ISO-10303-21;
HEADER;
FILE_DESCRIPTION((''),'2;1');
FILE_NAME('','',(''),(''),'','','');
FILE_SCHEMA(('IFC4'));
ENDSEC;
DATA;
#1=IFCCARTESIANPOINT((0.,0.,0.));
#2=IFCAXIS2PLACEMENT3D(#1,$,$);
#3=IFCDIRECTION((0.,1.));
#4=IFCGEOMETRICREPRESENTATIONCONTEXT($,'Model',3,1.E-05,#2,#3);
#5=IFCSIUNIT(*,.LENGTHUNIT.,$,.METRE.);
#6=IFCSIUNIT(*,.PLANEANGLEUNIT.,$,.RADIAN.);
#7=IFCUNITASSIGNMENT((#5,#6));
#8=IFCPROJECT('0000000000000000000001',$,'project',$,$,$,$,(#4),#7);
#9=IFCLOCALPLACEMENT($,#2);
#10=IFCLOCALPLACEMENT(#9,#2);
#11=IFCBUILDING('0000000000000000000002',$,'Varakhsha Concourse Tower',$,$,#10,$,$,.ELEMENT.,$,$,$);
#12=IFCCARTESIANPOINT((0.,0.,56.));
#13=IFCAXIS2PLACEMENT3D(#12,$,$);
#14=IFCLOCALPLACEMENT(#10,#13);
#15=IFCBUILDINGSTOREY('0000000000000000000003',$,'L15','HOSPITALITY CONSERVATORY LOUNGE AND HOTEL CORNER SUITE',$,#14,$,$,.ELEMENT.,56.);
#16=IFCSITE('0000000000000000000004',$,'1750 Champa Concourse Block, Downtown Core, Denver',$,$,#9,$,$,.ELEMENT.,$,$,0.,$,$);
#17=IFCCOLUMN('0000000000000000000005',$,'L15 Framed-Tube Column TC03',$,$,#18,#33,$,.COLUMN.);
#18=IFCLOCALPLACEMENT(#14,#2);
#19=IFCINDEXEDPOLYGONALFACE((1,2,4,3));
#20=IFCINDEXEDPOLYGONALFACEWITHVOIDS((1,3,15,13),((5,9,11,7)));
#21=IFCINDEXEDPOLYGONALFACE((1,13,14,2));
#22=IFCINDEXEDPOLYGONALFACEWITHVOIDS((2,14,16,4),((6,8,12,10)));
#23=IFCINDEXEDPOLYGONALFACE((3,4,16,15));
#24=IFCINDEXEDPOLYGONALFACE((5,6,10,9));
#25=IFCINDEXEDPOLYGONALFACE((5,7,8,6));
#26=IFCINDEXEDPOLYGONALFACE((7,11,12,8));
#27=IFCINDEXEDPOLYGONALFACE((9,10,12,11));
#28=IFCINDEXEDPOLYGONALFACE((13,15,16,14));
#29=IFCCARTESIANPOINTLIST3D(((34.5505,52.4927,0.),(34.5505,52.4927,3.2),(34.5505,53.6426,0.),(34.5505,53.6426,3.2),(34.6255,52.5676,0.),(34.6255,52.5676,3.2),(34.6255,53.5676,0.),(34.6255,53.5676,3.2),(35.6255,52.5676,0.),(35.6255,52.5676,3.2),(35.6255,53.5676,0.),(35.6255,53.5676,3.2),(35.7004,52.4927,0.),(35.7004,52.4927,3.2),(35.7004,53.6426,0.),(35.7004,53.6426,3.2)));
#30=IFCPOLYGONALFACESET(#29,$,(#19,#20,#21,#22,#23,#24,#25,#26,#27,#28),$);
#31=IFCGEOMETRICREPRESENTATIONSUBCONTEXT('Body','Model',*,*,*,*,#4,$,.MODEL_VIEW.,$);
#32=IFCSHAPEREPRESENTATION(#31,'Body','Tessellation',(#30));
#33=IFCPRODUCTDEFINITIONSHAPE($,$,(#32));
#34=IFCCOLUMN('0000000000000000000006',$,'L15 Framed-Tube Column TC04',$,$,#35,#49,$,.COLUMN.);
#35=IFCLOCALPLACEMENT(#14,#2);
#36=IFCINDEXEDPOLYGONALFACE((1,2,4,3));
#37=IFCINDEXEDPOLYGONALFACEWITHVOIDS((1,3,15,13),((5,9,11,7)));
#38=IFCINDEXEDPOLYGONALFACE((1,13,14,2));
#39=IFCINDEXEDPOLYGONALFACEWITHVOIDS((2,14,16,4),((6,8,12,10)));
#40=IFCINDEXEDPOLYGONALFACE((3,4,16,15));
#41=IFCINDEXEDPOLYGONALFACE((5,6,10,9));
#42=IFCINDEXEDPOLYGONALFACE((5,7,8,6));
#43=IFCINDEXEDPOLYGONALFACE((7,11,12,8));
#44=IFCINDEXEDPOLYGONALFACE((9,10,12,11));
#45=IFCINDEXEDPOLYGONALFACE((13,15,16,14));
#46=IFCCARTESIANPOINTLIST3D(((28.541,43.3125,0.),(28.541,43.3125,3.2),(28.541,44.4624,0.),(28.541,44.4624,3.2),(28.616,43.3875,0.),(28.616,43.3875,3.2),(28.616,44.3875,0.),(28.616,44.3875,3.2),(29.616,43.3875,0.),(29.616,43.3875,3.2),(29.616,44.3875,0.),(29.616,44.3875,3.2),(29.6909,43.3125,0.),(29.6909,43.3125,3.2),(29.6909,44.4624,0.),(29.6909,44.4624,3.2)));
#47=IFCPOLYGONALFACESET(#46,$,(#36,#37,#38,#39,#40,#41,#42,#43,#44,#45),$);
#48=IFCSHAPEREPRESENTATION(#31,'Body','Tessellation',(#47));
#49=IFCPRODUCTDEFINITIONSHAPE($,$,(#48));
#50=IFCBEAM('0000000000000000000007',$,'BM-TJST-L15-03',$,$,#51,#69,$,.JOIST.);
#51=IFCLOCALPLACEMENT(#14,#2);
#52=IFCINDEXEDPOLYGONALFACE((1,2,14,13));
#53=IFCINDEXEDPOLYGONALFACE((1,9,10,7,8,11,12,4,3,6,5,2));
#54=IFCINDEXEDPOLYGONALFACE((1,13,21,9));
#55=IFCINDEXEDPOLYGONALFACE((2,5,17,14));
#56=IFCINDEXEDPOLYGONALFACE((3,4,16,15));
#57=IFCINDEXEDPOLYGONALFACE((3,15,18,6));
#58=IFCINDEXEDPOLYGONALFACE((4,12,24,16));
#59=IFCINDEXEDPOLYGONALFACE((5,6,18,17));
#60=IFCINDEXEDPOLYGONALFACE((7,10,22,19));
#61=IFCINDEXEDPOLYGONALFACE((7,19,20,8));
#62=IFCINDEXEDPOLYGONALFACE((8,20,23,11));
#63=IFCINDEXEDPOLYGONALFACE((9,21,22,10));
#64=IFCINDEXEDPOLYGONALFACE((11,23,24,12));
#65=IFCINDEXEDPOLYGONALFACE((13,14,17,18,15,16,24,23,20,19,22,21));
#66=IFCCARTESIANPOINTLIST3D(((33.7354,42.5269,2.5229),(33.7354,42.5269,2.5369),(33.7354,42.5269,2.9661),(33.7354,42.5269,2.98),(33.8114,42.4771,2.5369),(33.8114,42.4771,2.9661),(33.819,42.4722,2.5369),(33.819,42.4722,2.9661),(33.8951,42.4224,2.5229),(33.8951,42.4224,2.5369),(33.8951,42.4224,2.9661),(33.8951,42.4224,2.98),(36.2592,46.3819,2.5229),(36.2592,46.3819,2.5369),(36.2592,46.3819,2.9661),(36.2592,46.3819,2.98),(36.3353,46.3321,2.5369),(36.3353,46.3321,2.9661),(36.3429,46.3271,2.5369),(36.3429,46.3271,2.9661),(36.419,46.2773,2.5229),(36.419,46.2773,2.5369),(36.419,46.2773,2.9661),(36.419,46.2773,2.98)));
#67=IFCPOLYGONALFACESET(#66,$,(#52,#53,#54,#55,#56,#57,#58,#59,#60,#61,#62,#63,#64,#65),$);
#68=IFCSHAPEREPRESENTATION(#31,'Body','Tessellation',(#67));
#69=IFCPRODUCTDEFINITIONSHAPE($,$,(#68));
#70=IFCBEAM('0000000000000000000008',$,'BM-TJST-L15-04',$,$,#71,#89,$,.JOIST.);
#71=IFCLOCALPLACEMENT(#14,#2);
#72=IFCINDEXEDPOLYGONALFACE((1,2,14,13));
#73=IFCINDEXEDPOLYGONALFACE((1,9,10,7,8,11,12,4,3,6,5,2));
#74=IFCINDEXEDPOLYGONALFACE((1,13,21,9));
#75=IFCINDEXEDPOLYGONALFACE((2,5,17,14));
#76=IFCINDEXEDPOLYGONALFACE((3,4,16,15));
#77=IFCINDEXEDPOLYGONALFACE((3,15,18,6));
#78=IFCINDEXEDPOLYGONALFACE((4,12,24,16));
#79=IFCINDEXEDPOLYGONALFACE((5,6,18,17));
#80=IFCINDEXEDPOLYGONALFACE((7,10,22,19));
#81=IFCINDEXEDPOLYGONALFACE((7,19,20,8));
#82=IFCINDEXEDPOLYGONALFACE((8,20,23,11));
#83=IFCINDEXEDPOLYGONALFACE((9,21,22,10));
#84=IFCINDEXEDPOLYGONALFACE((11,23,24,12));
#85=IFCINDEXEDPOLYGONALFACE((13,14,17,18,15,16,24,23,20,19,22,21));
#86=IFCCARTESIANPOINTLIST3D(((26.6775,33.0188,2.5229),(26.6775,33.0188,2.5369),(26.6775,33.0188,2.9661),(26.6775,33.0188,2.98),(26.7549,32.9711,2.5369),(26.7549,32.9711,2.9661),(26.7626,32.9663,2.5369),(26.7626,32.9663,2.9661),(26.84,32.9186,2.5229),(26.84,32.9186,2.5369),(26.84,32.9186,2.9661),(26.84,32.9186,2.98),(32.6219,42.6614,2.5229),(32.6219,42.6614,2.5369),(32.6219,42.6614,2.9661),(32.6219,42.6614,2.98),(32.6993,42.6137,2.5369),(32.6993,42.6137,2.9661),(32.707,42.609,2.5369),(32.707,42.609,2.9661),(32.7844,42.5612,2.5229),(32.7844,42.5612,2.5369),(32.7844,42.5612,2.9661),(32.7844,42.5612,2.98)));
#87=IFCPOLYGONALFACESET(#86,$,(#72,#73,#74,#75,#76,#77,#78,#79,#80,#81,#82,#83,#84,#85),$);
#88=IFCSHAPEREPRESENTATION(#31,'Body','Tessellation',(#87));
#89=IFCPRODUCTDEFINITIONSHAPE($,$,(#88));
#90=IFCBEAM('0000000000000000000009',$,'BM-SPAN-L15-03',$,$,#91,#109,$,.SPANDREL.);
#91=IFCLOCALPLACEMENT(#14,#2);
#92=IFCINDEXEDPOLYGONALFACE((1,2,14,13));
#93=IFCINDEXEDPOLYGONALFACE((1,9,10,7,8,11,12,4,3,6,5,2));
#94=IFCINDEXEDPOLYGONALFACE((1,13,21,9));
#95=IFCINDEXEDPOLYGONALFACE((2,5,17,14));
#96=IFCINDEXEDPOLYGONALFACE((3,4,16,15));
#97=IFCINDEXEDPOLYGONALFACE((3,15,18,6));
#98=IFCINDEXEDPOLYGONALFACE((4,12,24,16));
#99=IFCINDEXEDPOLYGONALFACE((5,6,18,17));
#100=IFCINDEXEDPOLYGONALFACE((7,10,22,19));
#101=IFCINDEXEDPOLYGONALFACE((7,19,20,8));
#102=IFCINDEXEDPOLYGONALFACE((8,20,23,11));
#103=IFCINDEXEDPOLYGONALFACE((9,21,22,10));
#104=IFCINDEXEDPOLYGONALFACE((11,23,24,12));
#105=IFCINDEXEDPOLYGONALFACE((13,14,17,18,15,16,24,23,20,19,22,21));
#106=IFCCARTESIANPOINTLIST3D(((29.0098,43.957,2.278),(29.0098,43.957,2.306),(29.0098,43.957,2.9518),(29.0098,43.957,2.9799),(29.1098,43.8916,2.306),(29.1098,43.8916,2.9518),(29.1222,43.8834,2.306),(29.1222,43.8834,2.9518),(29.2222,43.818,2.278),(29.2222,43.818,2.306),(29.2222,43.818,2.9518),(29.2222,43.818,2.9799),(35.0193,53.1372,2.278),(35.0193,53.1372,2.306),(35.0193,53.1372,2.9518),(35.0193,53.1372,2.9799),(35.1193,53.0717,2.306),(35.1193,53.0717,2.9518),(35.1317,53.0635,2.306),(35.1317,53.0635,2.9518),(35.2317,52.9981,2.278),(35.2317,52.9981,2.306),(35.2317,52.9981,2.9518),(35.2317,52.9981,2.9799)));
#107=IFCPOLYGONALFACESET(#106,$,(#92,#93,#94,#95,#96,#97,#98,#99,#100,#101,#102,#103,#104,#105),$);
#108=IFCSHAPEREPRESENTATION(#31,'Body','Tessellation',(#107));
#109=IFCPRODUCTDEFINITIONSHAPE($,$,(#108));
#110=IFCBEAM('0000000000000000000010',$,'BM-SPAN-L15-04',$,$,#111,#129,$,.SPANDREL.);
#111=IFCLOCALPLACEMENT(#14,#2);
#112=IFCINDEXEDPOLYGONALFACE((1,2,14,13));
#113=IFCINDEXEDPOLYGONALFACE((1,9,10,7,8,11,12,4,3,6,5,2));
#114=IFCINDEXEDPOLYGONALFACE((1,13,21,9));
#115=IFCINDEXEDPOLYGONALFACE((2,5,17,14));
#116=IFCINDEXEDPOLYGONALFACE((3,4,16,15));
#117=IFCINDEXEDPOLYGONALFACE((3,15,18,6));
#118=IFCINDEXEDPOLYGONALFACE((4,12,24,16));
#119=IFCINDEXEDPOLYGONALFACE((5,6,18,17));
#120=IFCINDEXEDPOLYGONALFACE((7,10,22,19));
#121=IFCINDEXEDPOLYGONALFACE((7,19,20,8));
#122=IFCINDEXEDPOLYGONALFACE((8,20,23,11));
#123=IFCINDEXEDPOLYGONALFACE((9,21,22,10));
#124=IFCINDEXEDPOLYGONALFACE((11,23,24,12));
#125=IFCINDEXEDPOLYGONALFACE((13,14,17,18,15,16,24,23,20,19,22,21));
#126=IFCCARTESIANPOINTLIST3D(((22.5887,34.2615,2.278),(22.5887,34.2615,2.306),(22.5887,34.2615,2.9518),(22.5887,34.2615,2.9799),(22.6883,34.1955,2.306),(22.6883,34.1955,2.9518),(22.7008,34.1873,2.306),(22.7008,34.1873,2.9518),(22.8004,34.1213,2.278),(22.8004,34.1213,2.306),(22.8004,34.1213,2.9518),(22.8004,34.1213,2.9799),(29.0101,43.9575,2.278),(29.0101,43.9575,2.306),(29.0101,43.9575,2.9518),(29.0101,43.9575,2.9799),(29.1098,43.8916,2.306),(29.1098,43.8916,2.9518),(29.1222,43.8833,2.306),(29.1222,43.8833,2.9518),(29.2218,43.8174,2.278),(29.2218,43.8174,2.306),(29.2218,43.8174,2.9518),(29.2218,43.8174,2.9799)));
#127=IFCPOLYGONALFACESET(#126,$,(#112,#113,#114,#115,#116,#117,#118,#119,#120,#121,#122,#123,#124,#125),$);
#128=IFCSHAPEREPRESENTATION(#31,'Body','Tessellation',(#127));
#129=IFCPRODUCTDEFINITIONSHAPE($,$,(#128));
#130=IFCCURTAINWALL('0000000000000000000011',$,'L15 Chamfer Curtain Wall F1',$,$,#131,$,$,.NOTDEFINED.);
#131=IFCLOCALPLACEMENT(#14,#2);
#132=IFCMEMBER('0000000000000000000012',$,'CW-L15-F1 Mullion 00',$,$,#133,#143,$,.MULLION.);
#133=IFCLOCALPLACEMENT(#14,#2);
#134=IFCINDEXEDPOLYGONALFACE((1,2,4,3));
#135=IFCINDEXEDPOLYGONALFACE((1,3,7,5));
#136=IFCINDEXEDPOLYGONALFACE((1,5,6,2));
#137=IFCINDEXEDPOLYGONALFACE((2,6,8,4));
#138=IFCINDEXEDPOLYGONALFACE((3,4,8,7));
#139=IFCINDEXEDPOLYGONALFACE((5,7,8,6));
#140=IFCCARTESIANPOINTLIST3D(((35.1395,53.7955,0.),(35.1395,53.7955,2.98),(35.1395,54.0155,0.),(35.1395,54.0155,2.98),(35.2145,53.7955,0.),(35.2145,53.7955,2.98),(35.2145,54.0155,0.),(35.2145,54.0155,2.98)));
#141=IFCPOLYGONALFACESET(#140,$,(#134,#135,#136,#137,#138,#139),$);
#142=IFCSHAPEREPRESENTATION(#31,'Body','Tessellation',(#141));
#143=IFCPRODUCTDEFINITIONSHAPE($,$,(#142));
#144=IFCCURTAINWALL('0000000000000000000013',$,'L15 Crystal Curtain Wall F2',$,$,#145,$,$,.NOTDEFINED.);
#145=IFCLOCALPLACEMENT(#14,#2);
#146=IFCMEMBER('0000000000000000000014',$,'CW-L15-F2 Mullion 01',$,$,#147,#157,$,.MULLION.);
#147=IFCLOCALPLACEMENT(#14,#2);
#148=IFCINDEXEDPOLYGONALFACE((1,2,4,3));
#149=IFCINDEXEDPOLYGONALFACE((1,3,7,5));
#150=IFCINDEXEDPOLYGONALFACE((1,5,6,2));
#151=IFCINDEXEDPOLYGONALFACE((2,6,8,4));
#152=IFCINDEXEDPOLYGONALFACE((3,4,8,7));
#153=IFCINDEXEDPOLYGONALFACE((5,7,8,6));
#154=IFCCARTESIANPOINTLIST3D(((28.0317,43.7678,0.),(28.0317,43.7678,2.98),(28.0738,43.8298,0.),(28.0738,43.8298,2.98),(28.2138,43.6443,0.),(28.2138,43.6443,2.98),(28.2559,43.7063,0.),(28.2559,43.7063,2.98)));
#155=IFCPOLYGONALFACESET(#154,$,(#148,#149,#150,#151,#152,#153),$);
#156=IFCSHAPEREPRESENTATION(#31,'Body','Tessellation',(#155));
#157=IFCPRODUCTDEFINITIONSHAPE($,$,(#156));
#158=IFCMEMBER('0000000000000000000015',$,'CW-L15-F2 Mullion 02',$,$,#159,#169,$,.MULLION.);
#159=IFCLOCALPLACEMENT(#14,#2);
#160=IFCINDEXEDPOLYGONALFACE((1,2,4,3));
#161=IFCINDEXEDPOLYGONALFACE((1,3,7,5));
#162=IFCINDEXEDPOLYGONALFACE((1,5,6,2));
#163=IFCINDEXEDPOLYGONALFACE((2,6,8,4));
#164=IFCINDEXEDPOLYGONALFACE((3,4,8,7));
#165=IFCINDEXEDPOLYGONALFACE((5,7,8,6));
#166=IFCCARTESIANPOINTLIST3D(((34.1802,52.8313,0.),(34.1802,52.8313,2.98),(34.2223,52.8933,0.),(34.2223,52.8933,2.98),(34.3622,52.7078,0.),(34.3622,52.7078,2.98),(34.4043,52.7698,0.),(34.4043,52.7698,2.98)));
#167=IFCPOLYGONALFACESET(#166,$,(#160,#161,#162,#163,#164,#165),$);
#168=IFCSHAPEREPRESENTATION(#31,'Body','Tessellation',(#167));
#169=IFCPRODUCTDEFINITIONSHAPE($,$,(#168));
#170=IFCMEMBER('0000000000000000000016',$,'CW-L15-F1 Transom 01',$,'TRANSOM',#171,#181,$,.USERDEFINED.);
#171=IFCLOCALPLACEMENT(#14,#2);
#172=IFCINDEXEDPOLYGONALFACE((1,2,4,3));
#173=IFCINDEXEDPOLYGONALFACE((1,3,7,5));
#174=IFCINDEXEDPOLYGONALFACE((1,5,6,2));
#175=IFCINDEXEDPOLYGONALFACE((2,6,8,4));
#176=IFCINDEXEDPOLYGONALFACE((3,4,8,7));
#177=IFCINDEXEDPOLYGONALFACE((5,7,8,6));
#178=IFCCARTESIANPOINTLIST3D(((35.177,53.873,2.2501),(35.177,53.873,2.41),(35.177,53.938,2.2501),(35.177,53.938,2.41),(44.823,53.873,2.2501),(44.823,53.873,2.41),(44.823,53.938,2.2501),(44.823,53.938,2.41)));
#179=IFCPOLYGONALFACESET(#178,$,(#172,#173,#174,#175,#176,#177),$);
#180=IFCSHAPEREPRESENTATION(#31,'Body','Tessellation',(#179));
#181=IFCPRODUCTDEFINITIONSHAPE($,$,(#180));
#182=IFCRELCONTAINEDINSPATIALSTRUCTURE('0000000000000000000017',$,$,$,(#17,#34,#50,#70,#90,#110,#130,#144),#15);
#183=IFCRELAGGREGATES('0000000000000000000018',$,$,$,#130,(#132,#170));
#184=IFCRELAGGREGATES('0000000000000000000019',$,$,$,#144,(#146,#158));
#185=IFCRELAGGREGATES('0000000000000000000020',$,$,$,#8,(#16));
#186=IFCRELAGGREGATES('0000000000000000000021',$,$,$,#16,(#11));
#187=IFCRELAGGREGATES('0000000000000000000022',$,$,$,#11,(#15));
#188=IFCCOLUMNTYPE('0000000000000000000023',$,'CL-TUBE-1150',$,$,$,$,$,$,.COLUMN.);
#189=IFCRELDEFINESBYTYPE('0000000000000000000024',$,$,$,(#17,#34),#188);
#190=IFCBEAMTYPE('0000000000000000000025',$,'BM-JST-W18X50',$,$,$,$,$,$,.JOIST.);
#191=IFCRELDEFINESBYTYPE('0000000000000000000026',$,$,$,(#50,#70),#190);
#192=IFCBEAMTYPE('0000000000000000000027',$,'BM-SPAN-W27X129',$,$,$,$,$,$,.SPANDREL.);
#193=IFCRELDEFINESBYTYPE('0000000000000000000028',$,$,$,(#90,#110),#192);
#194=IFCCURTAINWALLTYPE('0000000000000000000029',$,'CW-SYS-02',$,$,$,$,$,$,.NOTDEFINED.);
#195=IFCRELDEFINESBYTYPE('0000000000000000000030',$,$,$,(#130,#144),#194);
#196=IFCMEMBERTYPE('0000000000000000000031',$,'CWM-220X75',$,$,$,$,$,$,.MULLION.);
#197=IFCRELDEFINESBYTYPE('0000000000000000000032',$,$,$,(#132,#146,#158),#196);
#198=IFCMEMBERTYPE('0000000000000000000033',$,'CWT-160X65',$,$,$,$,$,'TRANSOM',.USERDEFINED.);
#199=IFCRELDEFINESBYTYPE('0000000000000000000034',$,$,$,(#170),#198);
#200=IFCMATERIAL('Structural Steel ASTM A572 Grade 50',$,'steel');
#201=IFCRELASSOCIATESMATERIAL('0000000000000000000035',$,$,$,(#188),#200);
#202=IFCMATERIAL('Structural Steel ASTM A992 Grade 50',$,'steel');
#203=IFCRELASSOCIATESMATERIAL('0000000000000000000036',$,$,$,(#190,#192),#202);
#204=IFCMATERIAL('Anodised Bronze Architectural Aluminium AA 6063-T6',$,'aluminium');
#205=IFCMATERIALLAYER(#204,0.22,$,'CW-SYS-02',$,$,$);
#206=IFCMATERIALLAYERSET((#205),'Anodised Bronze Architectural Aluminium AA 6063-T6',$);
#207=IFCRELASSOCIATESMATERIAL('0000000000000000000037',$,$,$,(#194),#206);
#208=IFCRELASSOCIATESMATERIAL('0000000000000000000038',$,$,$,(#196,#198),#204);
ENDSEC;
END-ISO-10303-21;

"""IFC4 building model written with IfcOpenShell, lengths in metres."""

from ifc_helpers import new_model, si_unit, direction, frame, origin, origin_2d, place, context, subcontext, project, spatial, rectangle, hollow_rectangle, i_section, extrude, source, transform, mapped, material, layer, layer_set, material_profile, profile_set, type_object, type_shapes, element, aggregate, save


model = new_model("IFC4")

# Units and contexts
model_context = context("Model", 3, precision=1e-05, world=origin(), true_north=direction((0.0, 1.0)))
body_context = subcontext(model_context, "Body", "Model", "MODEL_VIEW")
ifc_project = project(units=[si_unit("LENGTHUNIT", "METRE"), si_unit("PLANEANGLEUNIT", "RADIAN")], contexts=[model_context])

# Site, building, storey
site_placement = place(None, origin())
site = spatial("IfcSite", under=ifc_project, at=site_placement, Name="1750 Champa Concourse Block, Downtown Core, Denver", CompositionType="ELEMENT", RefElevation=0.0)
building_placement = place(site_placement, origin())
building = spatial("IfcBuilding", under=site, at=building_placement, Name="Varakhsha Concourse Tower", CompositionType="ELEMENT")
storey_placement = place(building_placement, frame((0.0, 0.0, 56.0)))
storey = spatial("IfcBuildingStorey", under=building, at=storey_placement, Name="L15", Description="HOSPITALITY CONSERVATORY LOUNGE AND HOTEL CORNER SUITE", CompositionType="ELEMENT", Elevation=56.0)

# Columns
ifc_material_1 = material(Name="Structural Steel ASTM A572 Grade 50", Category="steel")
ifc_material_profile_1 = material_profile(ifc_material_1, hollow_rectangle(XDim=1.1499, YDim=1.1499, WallThickness=0.075, at=origin_2d()), Name="BOX 1150x1150x75")
ifc_profile_set_1 = profile_set([ifc_material_profile_1], Name="Structural Steel ASTM A572 Grade 50")
column_type = type_object("IfcColumnType", Name="CL-TUBE-1150", PredefinedType="COLUMN", material=ifc_profile_set_1)
for number, where, z_axis, x_axis, name in (
    (1, (35.1255, 53.0676, 0.0), (0.0, 0.0, 1.0), (1.0, 0.0, 0.0), "L15 Framed-Tube Column TC03"),
    (2, (29.116, 43.8875, 0.0), (0.0, 0.0, 1.0), (1.0, 0.0, 0.0), "L15 Framed-Tube Column TC04"),
):
    element("IfcColumn", number, at=place(storey_placement, frame(where, z_axis=z_axis, x_axis=x_axis)), inside=storey, type_object=column_type, Name=name, PredefinedType="COLUMN", context=body_context, shape_type="SweptSolid", body=[
        extrude(hollow_rectangle(XDim=1.1499, YDim=1.1499, WallThickness=0.075, at=origin_2d()), origin(), (0.0, 0.0, 1.0), 3.2),
    ])

# Beams
ifc_material_2 = material(Name="Structural Steel ASTM A992 Grade 50", Category="steel")
ifc_material_profile_2 = material_profile(ifc_material_2, i_section(OverallWidth=0.1909, OverallDepth=0.457, WebThickness=0.009, FlangeThickness=0.0139, at=origin_2d()), Name="W18X50")
ifc_profile_set_2 = profile_set([ifc_material_profile_2], Name="Structural Steel ASTM A992 Grade 50")
beam_type_1 = type_object("IfcBeamType", Name="BM-JST-W18X50", PredefinedType="JOIST", material=ifc_profile_set_2)
beam_1_placement = place(storey_placement, frame((36.3391, 46.3296, 2.7515), z_axis=(-0.54776, -0.836635, 0.0), x_axis=(0.836635, -0.54776, 0.0)))
element("IfcBeam", 3, at=beam_1_placement, inside=storey, type_object=beam_type_1, Name="BM-TJST-L15-03", PredefinedType="JOIST", context=body_context, shape_type="SweptSolid", body=[
    extrude(i_section(OverallWidth=0.1909, OverallDepth=0.457, WebThickness=0.009, FlangeThickness=0.0139, at=origin_2d()), origin(), (0.0, 0.0, 1.0), 4.6077),
])
beam_2_placement = place(storey_placement, frame((32.7031, 42.6113, 2.7515), z_axis=(-0.524766, -0.851247, 0.0), x_axis=(0.851247, -0.524766, 0.0)))
element("IfcBeam", 4, at=beam_2_placement, inside=storey, type_object=beam_type_1, Name="BM-TJST-L15-04", PredefinedType="JOIST", context=body_context, shape_type="SweptSolid", body=[
    extrude(i_section(OverallWidth=0.1909, OverallDepth=0.457, WebThickness=0.009, FlangeThickness=0.0139, at=origin_2d()), origin(), (0.0, 0.0, 1.0), 11.3276),
])
ifc_material_profile_3 = material_profile(ifc_material_2, i_section(OverallWidth=0.2539, OverallDepth=0.7019, WebThickness=0.0149, FlangeThickness=0.0281, at=origin_2d()), Name="W27X129")
ifc_profile_set_3 = profile_set([ifc_material_profile_3], Name="Structural Steel ASTM A992 Grade 50")
beam_type_2 = type_object("IfcBeamType", Name="BM-SPAN-W27X129", PredefinedType="SPANDREL", material=ifc_profile_set_3)
beam_3_placement = place(storey_placement, frame((35.1255, 53.0676, 2.6289), z_axis=(-0.547703, -0.836673, 0.0), x_axis=(0.836673, -0.547703, 0.0)))
element("IfcBeam", 5, at=beam_3_placement, inside=storey, type_object=beam_type_2, Name="BM-SPAN-L15-03", PredefinedType="SPANDREL", context=body_context, shape_type="SweptSolid", body=[
    extrude(i_section(OverallWidth=0.2539, OverallDepth=0.7019, WebThickness=0.0149, FlangeThickness=0.0281, at=origin_2d()), origin(), (0.0, 0.0, 1.0), 10.9722),
])
beam_4_placement = place(storey_placement, frame((29.116, 43.8875, 2.6289), z_axis=(-0.552159, -0.833739, 0.0), x_axis=(0.833739, -0.552159, 0.0)))
element("IfcBeam", 6, at=beam_4_placement, inside=storey, type_object=beam_type_2, Name="BM-SPAN-L15-04", PredefinedType="SPANDREL", context=body_context, shape_type="SweptSolid", body=[
    extrude(i_section(OverallWidth=0.2539, OverallDepth=0.7019, WebThickness=0.0149, FlangeThickness=0.0281, at=origin_2d()), origin(), (0.0, 0.0, 1.0), 11.6296),
])

# Curtain wall, member
ifc_material_3 = material(Name="Anodised Bronze Architectural Aluminium AA 6063-T6", Category="aluminium")
ifc_layer_1 = layer(ifc_material_3, 0.22, Name="CW-SYS-02")
ifc_layer_set_1 = layer_set([ifc_layer_1], Name="Anodised Bronze Architectural Aluminium AA 6063-T6")
curtain_wall_type = type_object("IfcCurtainWallType", Name="CW-SYS-02", PredefinedType="NOTDEFINED", material=ifc_layer_set_1)
curtain_wall_1_placement = place(storey_placement, origin())
curtain_wall_1 = element("IfcCurtainWall", 7, at=curtain_wall_1_placement, inside=storey, type_object=curtain_wall_type, Name="L15 Chamfer Curtain Wall F1", PredefinedType="NOTDEFINED")
ifc_material_profile_4 = material_profile(ifc_material_3, rectangle(XDim=0.075, YDim=0.22, at=origin_2d()), Name="CWM-220X75")
ifc_profile_set_4 = profile_set([ifc_material_profile_4], Name="Anodised Bronze Architectural Aluminium AA 6063-T6")
member_type_1 = type_object("IfcMemberType", Name="CWM-220X75", PredefinedType="MULLION", material=ifc_profile_set_4)
shared_shape_1 = source(origin(), body_context, "Body", "SweptSolid", [
    extrude(rectangle(XDim=0.075, YDim=0.22, at=origin_2d()), origin(), (0.0, 0.0, 1.0), 2.98),
])
type_shapes(member_type_1, [shared_shape_1])
member_1_placement = place(storey_placement, frame((35.177, 53.9055, 0.0), z_axis=(0.0, 0.0, 1.0), x_axis=(1.0, 0.0, 0.0)))
member_1 = element("IfcMember", 8, at=member_1_placement, type_object=member_type_1, Name="CW-L15-F1 Mullion 00", PredefinedType="MULLION", context=body_context, shape_type="MappedRepresentation", body=[
    mapped(shared_shape_1, transform((0.0, 0.0, 0.0), scale=1.0)),
])

# Curtain wall, members
curtain_wall_2_placement = place(storey_placement, origin())
curtain_wall_2 = element("IfcCurtainWall", 9, at=curtain_wall_2_placement, inside=storey, type_object=curtain_wall_type, Name="L15 Crystal Curtain Wall F2", PredefinedType="NOTDEFINED")
member_2_placement = place(storey_placement, frame((28.1438, 43.7371, 0.0), z_axis=(0.0, 0.0, 1.0), x_axis=(0.561392, 0.82755, 0.0)))
member_2 = element("IfcMember", 10, at=member_2_placement, type_object=member_type_1, Name="CW-L15-F2 Mullion 01", PredefinedType="MULLION", context=body_context, shape_type="MappedRepresentation", body=[
    mapped(shared_shape_1, transform((0.0, 0.0, 0.0), scale=1.0)),
])
member_3_placement = place(storey_placement, frame((34.2922, 52.8005, 0.0), z_axis=(0.0, 0.0, 1.0), x_axis=(0.561392, 0.82755, 0.0)))
member_3 = element("IfcMember", 11, at=member_3_placement, type_object=member_type_1, Name="CW-L15-F2 Mullion 02", PredefinedType="MULLION", context=body_context, shape_type="MappedRepresentation", body=[
    mapped(shared_shape_1, transform((0.0, 0.0, 0.0), scale=1.0)),
])

# Member
ifc_material_profile_5 = material_profile(ifc_material_3, rectangle(XDim=0.0649, YDim=0.1599, at=origin_2d()), Name="CWT-160X65")
ifc_profile_set_5 = profile_set([ifc_material_profile_5], Name="Anodised Bronze Architectural Aluminium AA 6063-T6")
member_type_2 = type_object("IfcMemberType", Name="CWT-160X65", ElementType="TRANSOM", PredefinedType="USERDEFINED", material=ifc_profile_set_5)
shared_shape_2 = source(origin(), body_context, "Body", "SweptSolid", [
    extrude(rectangle(XDim=0.0649, YDim=0.1599, at=origin_2d()), origin(), (0.0, 0.0, 1.0), 9.646),
])
type_shapes(member_type_2, [shared_shape_2])
member_4_placement = place(storey_placement, frame((35.177, 53.9055, 2.3301), z_axis=(1.0, 0.0, 0.0), x_axis=(0.0, 1.0, 0.0)))
member_4 = element("IfcMember", 12, at=member_4_placement, type_object=member_type_2, Name="CW-L15-F1 Transom 01", ObjectType="TRANSOM", PredefinedType="USERDEFINED", context=body_context, shape_type="MappedRepresentation", body=[
    mapped(shared_shape_2, transform((0.0, 0.0, 0.0), scale=1.0)),
])
aggregate(curtain_wall_1, [member_1, member_4])

aggregate(curtain_wall_2, [member_2, member_3])

save(model, "model.ifc")
